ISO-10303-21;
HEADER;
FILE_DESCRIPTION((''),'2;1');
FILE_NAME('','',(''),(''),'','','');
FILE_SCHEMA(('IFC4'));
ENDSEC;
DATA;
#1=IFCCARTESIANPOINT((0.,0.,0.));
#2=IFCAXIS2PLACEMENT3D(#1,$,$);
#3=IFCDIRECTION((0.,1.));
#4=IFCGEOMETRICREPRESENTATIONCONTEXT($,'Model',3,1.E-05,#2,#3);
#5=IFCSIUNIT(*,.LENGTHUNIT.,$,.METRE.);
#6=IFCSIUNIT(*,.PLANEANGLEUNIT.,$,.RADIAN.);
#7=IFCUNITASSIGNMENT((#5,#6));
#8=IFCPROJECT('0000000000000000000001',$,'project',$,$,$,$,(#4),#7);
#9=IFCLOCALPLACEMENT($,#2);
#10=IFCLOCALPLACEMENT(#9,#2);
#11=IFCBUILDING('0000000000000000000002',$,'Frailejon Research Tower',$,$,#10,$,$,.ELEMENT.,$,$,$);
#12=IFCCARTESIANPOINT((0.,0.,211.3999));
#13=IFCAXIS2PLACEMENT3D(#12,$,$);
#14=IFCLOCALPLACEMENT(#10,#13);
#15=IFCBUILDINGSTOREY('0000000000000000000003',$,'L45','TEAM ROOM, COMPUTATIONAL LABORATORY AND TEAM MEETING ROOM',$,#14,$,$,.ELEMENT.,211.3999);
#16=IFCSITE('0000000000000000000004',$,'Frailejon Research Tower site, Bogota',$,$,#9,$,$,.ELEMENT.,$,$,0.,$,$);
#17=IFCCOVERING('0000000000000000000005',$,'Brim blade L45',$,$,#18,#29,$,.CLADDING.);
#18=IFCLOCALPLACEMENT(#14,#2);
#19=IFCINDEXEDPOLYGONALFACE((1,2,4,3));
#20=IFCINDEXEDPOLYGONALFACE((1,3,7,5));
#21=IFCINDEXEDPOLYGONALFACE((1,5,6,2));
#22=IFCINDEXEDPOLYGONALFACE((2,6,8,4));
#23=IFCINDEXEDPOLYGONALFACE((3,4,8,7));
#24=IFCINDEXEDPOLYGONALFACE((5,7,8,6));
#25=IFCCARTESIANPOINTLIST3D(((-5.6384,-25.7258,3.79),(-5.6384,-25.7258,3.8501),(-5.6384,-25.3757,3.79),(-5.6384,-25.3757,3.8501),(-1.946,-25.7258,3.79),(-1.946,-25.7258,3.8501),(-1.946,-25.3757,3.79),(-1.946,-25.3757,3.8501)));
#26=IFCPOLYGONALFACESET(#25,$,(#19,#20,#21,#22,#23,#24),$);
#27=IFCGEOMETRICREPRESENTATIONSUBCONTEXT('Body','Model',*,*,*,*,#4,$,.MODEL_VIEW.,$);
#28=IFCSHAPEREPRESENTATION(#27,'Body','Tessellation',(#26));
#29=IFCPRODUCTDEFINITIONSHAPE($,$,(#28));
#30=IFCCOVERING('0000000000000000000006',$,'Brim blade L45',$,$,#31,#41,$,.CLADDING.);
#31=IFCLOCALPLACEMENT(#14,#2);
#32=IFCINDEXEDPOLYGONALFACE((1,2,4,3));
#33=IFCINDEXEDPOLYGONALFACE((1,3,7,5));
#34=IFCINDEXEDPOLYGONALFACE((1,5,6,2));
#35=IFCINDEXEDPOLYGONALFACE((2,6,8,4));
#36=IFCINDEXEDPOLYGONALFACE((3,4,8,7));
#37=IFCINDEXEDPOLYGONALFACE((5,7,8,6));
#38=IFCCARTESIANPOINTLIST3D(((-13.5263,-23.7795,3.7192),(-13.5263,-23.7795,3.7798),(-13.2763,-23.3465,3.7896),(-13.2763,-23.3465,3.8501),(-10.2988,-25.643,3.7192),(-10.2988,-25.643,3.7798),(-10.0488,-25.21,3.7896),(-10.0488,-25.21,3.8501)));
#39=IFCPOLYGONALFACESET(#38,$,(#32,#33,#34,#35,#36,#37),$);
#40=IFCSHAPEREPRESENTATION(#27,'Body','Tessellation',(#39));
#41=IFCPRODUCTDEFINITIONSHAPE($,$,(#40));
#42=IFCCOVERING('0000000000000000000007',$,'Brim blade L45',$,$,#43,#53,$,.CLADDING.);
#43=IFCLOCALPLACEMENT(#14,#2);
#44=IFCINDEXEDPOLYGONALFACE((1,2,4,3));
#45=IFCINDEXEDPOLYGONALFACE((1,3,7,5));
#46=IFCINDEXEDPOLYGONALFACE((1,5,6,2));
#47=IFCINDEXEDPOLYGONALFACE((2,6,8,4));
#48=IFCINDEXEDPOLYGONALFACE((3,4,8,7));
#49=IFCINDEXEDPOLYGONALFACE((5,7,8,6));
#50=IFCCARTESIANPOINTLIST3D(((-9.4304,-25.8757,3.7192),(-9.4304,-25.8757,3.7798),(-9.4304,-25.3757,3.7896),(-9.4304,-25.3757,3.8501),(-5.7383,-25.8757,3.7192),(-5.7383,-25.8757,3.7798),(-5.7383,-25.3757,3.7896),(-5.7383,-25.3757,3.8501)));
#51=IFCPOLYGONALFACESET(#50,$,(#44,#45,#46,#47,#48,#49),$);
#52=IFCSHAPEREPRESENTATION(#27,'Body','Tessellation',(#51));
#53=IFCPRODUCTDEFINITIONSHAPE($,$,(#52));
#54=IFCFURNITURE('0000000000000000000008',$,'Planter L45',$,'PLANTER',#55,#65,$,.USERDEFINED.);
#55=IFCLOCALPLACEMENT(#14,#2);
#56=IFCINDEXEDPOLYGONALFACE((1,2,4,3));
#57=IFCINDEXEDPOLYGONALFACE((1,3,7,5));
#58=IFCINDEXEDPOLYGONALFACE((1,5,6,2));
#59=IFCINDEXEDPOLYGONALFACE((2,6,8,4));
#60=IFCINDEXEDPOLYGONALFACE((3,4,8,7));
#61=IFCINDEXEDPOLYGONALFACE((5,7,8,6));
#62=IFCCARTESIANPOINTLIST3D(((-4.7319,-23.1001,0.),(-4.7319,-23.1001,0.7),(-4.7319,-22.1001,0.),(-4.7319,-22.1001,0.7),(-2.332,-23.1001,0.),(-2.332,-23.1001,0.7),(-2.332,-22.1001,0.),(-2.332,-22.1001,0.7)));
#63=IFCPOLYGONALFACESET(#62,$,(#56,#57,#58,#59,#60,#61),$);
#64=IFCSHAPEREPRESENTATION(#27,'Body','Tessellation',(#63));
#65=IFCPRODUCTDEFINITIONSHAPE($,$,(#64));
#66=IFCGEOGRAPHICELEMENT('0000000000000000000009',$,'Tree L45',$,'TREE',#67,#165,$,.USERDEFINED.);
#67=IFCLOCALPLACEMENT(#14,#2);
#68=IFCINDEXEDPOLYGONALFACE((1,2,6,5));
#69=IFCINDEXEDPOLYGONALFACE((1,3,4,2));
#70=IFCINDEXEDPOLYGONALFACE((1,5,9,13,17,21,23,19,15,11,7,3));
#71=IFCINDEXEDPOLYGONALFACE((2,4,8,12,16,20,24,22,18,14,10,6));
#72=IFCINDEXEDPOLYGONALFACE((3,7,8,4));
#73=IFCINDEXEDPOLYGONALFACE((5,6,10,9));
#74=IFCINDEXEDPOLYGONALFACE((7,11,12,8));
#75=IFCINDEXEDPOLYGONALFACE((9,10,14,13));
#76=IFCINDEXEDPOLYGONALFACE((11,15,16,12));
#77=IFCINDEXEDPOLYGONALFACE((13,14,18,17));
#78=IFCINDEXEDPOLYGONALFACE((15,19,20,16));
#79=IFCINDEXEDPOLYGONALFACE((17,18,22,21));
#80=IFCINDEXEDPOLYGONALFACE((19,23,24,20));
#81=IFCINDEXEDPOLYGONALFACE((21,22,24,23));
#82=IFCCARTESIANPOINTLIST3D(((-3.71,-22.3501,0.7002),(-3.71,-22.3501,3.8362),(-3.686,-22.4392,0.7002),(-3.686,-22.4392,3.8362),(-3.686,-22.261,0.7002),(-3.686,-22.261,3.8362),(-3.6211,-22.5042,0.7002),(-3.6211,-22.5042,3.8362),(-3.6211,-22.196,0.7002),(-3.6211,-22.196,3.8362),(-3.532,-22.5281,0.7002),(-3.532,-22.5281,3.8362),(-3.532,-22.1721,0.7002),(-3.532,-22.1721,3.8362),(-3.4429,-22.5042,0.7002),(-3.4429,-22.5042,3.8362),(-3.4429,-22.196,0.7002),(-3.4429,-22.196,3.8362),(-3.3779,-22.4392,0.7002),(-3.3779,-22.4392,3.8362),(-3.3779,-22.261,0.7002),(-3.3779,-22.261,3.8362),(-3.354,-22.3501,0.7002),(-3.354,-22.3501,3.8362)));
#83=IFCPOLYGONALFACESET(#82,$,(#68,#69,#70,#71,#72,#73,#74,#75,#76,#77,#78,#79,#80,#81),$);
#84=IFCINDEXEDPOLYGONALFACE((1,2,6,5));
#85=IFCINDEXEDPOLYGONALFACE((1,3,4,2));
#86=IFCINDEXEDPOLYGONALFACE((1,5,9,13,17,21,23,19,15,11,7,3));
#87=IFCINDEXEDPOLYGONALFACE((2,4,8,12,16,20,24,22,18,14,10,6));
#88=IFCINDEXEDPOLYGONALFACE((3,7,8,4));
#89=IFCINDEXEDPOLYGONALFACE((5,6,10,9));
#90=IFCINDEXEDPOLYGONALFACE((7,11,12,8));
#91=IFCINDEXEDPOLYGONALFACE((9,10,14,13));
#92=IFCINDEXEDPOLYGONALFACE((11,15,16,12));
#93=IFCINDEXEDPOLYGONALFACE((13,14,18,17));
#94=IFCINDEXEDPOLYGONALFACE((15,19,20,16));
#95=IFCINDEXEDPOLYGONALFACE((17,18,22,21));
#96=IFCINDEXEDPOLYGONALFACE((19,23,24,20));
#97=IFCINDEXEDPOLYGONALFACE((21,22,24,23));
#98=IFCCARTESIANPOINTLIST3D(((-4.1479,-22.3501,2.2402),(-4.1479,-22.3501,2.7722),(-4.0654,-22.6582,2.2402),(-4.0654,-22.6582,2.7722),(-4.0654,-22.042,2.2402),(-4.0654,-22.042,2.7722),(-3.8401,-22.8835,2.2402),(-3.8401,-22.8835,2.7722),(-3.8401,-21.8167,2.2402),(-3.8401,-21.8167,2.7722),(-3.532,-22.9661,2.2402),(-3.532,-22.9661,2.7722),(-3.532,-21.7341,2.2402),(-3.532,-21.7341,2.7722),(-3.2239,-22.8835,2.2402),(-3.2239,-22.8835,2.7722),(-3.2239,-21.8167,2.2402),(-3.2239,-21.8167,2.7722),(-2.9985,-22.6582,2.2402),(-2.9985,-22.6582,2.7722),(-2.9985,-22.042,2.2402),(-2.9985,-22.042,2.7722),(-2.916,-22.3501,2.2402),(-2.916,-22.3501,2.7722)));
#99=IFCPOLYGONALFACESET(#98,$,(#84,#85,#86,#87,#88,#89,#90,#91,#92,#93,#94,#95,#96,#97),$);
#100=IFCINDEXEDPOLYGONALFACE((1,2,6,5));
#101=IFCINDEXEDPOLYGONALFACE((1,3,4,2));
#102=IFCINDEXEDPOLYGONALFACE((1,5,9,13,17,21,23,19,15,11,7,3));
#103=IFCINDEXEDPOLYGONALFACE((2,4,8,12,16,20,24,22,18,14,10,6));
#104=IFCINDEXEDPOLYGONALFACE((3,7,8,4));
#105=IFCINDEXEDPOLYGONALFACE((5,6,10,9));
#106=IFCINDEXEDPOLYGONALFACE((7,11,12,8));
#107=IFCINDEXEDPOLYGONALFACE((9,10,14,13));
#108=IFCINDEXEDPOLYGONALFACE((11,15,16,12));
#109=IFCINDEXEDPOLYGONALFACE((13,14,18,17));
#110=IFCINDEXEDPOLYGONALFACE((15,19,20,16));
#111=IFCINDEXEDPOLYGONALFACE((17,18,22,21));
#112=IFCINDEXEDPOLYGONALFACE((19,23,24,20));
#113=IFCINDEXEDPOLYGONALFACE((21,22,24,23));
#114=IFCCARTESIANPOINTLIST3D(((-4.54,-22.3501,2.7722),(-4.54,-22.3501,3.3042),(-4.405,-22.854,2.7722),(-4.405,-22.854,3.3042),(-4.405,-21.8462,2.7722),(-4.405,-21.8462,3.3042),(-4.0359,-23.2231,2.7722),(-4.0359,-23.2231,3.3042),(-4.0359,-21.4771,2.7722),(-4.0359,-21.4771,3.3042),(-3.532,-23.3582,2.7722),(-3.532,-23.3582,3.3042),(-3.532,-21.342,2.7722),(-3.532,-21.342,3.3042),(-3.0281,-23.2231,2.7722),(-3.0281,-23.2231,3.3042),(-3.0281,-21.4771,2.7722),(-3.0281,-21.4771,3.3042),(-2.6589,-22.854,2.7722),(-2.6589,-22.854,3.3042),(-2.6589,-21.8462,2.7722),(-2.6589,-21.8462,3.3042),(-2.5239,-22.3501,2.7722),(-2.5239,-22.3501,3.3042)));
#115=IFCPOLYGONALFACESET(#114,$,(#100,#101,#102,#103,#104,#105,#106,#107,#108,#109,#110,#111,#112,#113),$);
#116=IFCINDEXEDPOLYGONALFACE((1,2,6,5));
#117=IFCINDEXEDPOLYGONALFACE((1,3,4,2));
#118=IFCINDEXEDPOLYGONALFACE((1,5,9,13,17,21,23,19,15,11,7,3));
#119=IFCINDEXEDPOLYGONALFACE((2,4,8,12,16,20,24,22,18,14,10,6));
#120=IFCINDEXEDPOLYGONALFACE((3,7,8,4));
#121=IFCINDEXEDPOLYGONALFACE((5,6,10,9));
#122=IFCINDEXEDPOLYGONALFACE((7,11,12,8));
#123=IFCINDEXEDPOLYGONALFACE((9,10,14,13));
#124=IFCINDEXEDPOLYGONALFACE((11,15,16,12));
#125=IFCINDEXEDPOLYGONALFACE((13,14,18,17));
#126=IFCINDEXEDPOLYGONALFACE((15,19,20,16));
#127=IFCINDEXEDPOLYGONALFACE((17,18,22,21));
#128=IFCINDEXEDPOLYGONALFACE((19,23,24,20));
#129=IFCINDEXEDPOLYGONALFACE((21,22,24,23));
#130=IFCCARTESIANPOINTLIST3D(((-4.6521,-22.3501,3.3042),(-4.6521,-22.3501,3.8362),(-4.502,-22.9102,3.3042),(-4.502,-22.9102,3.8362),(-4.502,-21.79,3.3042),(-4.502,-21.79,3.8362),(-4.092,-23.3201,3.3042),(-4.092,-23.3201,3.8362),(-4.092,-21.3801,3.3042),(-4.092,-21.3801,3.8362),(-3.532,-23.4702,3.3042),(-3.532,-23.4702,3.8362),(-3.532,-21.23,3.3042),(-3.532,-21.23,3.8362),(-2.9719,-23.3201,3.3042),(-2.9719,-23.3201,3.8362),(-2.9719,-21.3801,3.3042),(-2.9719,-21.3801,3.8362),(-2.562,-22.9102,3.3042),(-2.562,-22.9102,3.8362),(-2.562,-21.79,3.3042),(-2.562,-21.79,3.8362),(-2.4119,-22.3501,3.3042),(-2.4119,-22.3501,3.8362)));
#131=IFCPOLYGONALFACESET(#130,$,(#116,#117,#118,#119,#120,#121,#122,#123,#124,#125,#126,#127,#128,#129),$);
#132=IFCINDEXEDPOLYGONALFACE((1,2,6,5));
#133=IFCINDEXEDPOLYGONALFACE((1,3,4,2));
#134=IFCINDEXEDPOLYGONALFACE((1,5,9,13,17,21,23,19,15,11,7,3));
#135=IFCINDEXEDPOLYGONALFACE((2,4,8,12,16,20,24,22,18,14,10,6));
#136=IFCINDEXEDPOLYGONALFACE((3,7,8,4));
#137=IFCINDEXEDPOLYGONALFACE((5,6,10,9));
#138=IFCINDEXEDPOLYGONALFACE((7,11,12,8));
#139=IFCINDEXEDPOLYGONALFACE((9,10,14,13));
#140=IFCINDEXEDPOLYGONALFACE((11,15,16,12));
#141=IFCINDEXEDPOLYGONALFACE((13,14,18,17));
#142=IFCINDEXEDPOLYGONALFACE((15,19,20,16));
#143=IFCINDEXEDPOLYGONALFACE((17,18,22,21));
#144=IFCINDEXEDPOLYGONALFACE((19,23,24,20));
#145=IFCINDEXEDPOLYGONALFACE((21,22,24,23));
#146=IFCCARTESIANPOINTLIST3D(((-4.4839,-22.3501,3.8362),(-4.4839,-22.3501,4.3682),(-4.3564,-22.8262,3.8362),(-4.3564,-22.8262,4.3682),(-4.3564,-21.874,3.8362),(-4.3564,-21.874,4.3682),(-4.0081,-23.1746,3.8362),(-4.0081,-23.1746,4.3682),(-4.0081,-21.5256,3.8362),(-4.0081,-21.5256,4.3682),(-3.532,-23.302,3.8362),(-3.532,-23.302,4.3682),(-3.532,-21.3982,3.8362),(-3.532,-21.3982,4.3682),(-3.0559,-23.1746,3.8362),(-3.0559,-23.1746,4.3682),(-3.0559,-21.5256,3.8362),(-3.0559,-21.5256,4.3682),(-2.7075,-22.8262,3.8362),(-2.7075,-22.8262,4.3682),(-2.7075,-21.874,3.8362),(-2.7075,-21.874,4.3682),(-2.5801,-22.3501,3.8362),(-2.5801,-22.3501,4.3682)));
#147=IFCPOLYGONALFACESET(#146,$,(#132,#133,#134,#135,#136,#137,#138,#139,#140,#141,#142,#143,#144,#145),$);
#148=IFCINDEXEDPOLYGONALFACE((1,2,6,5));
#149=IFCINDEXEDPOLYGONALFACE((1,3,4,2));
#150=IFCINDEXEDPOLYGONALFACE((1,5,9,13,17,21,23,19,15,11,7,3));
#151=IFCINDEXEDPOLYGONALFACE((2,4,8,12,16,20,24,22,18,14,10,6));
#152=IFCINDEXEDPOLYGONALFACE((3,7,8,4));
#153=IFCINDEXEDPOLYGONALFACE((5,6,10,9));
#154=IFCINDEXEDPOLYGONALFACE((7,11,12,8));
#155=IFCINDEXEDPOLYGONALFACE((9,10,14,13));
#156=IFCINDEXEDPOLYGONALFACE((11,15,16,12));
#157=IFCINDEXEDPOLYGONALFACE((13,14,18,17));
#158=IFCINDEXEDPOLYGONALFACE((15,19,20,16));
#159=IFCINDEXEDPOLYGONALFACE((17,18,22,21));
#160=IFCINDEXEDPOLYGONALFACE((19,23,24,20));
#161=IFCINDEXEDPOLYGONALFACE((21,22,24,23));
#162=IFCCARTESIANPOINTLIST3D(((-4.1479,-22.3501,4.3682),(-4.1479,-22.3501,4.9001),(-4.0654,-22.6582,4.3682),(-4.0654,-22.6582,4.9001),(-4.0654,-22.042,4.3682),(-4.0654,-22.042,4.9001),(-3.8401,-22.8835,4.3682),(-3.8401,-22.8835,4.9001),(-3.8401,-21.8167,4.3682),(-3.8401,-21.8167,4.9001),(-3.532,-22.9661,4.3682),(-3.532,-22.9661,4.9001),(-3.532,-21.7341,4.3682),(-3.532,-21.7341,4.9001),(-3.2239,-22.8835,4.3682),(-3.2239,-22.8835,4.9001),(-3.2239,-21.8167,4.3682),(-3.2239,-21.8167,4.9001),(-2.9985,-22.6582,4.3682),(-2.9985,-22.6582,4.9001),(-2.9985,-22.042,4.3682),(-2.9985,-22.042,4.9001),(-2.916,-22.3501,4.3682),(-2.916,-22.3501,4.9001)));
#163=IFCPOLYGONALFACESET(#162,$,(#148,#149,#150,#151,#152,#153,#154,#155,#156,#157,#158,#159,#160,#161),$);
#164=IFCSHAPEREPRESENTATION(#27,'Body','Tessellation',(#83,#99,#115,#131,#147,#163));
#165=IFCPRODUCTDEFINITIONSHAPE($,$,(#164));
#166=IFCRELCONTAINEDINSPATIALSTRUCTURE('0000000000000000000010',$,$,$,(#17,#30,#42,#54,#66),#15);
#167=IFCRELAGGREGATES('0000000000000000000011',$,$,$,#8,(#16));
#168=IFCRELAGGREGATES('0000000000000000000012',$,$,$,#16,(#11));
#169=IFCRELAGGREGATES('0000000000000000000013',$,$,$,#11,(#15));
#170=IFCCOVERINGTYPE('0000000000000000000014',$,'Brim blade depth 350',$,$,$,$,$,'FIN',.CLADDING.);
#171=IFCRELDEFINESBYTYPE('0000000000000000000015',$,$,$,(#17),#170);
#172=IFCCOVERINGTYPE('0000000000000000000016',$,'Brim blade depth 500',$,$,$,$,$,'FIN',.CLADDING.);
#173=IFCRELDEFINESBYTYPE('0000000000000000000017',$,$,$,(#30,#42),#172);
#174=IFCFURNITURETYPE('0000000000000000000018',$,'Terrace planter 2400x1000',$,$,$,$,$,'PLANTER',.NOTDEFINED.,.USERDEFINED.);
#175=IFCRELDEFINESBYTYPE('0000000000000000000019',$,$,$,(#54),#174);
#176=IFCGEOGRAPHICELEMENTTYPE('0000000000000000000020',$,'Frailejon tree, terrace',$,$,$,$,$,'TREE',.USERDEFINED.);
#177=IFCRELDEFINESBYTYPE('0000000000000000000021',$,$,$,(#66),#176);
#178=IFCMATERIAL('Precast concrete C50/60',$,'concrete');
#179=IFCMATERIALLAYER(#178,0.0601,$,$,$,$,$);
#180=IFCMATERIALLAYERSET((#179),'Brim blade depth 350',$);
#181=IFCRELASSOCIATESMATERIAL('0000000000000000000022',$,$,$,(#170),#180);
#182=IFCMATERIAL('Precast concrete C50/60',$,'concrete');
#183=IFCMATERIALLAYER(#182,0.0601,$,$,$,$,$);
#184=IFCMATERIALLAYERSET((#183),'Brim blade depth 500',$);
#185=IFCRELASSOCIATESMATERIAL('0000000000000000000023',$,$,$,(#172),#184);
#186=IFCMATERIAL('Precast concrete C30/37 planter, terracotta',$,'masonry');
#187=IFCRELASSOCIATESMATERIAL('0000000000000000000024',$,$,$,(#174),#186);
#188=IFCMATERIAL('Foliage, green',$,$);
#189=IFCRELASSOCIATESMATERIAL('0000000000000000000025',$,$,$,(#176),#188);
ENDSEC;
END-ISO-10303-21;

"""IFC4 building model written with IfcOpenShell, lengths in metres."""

from ifc_helpers import new_model, si_unit, direction, frame, origin, origin_2d, place, context, subcontext, project, spatial, polyline, rectangle, outline, extrude, material, layer, layer_set, type_object, element, save


model = new_model("IFC4")

# Units and contexts
model_context = context("Model", 3, precision=1e-05, world=origin(), true_north=direction((0.0, 1.0)))
body_context = subcontext(model_context, "Body", "Model", "MODEL_VIEW")
ifc_project = project(units=[si_unit("LENGTHUNIT", "METRE"), si_unit("PLANEANGLEUNIT", "RADIAN")], contexts=[model_context])

# Site, building, storey
site_placement = place(None, origin())
site = spatial("IfcSite", under=ifc_project, at=site_placement, Name="Frailejon Research Tower site, Bogota", CompositionType="ELEMENT", RefElevation=0.0)
building_placement = place(site_placement, origin())
building = spatial("IfcBuilding", under=site, at=building_placement, Name="Frailejon Research Tower", CompositionType="ELEMENT")
storey_placement = place(building_placement, frame((0.0, 0.0, 211.3999)))
storey = spatial("IfcBuildingStorey", under=building, at=storey_placement, Name="L45", Description="TEAM ROOM, COMPUTATIONAL LABORATORY AND TEAM MEETING ROOM", CompositionType="ELEMENT", Elevation=211.3999)

# Coverings
ifc_material_1 = material(Name="Precast concrete C50/60", Category="concrete")
ifc_layer_1 = layer(ifc_material_1, 0.0601)
ifc_layer_set_1 = layer_set([ifc_layer_1], Name="Brim blade depth 350")
covering_type_1 = type_object("IfcCoveringType", Name="Brim blade depth 350", ElementType="FIN", PredefinedType="CLADDING", material=ifc_layer_set_1)
covering_1_placement = place(storey_placement, frame((-1.946, -25.3757, 3.8501), z_axis=(-1.0, 0.0, 0.0), x_axis=(0.0, -1.0, 0.0)))
element("IfcCovering", 1, at=covering_1_placement, inside=storey, type_object=covering_type_1, Name="Brim blade L45", PredefinedType="CLADDING", context=body_context, shape_type="SweptSolid", body=[
    extrude(outline(polyline([(0.0, -0.0601), (0.3501, -0.0601), (0.3501, 0.0), (0.0, 0.0), (0.0, -0.0601)])), origin(), (0.0, 0.0, 1.0), 3.6924),
])
ifc_material_2 = material(Name="Precast concrete C50/60", Category="concrete")
ifc_layer_2 = layer(ifc_material_2, 0.0601)
ifc_layer_set_2 = layer_set([ifc_layer_2], Name="Brim blade depth 500")
covering_type_2 = type_object("IfcCoveringType", Name="Brim blade depth 500", ElementType="FIN", PredefinedType="CLADDING", material=ifc_layer_set_2)
covering_2_placement = place(storey_placement, frame((-10.0488, -25.21, 3.8501), z_axis=(-0.866018, 0.500012, 0.0), x_axis=(-0.500012, -0.866018, 0.0)))
element("IfcCovering", 2, at=covering_2_placement, inside=storey, type_object=covering_type_2, Name="Brim blade L45", PredefinedType="CLADDING", context=body_context, shape_type="SweptSolid", body=[
    extrude(outline(polyline([(0.0, -0.0605), (0.5, -0.1309), (0.5, -0.0703), (0.0, 0.0), (0.0, -0.0605)])), origin(), (0.0, 0.0, 1.0), 3.7268),
])
covering_3_placement = place(storey_placement, frame((-5.7383, -25.3757, 3.8501), z_axis=(-1.0, 0.0, 0.0), x_axis=(0.0, -1.0, 0.0)))
element("IfcCovering", 3, at=covering_3_placement, inside=storey, type_object=covering_type_2, Name="Brim blade L45", PredefinedType="CLADDING", context=body_context, shape_type="SweptSolid", body=[
    extrude(outline(polyline([(0.0, -0.0605), (0.5, -0.1309), (0.5, -0.0703), (0.0, 0.0), (0.0, -0.0605)])), origin(), (0.0, 0.0, 1.0), 3.6921),
])

# Furniture
ifc_material_3 = material(Name="Precast concrete C30/37 planter, terracotta", Category="masonry")
furniture_type = type_object("IfcFurnitureType", Name="Terrace planter 2400x1000", ElementType="PLANTER", AssemblyPlace="NOTDEFINED", PredefinedType="USERDEFINED", material=ifc_material_3)
furniture_placement = place(storey_placement, frame((-3.532, -22.6001, 0.0), z_axis=(0.0, 0.0, 1.0), x_axis=(1.0, 0.0, 0.0)))
element("IfcFurniture", 4, at=furniture_placement, inside=storey, type_object=furniture_type, Name="Planter L45", ObjectType="PLANTER", PredefinedType="USERDEFINED", context=body_context, shape_type="SweptSolid", body=[
    extrude(rectangle(XDim=2.3999, YDim=1.0, at=origin_2d()), origin(), (0.0, 0.0, 1.0), 0.7),
])

# Geographic element
ifc_material_4 = material(Name="Foliage, green")
geographic_element_type = type_object("IfcGeographicElementType", Name="Frailejon tree, terrace", ElementType="TREE", PredefinedType="USERDEFINED", material=ifc_material_4)
geographic_element_placement = place(storey_placement, frame((-3.532, -22.3501, 0.7002)))
element("IfcGeographicElement", 5, at=geographic_element_placement, inside=storey, type_object=geographic_element_type, Name="Tree L45", ObjectType="TREE", PredefinedType="USERDEFINED", context=body_context, shape_type="SweptSolid", body=[
    extrude(outline(polyline([(0.178, 0.0), (0.1541, 0.0891), (0.0891, 0.1541), (0.0, 0.178), (-0.0891, 0.1541), (-0.1541, 0.0891), (-0.178, 0.0), (-0.1541, -0.0891), (-0.0891, -0.1541), (0.0, -0.178), (0.0891, -0.1541), (0.1541, -0.0891), (0.178, 0.0)])), origin(), (0.0, 0.0, 1.0), 3.136),
    extrude(outline(polyline([(0.616, 0.0), (0.5334, 0.3081), (0.3081, 0.5334), (0.0, 0.616), (-0.3081, 0.5334), (-0.5334, 0.3081), (-0.616, 0.0), (-0.5334, -0.3081), (-0.3081, -0.5334), (0.0, -0.616), (0.3081, -0.5334), (0.5334, -0.3081), (0.616, 0.0)])), frame((0.0, 0.0, 1.54)), (0.0, 0.0, 1.0), 0.532),
    extrude(outline(polyline([(1.0081, 0.0), (0.873, 0.5039), (0.5039, 0.873), (0.0, 1.0081), (-0.5039, 0.873), (-0.873, 0.5039), (-1.0081, 0.0), (-0.873, -0.5039), (-0.5039, -0.873), (0.0, -1.0081), (0.5039, -0.873), (0.873, -0.5039), (1.0081, 0.0)])), frame((0.0, 0.0, 2.072)), (0.0, 0.0, 1.0), 0.532),
    extrude(outline(polyline([(1.1201, 0.0), (0.97, 0.5601), (0.5601, 0.97), (0.0, 1.1201), (-0.5601, 0.97), (-0.97, 0.5601), (-1.1201, 0.0), (-0.97, -0.5601), (-0.5601, -0.97), (0.0, -1.1201), (0.5601, -0.97), (0.97, -0.5601), (1.1201, 0.0)])), frame((0.0, 0.0, 2.604)), (0.0, 0.0, 1.0), 0.532),
    extrude(outline(polyline([(0.9519, 0.0), (0.8245, 0.4761), (0.4761, 0.8245), (0.0, 0.9519), (-0.4761, 0.8245), (-0.8245, 0.4761), (-0.9519, 0.0), (-0.8245, -0.4761), (-0.4761, -0.8245), (0.0, -0.9519), (0.4761, -0.8245), (0.8245, -0.4761), (0.9519, 0.0)])), frame((0.0, 0.0, 3.136)), (0.0, 0.0, 1.0), 0.532),
    extrude(outline(polyline([(0.616, 0.0), (0.5334, 0.3081), (0.3081, 0.5334), (0.0, 0.616), (-0.3081, 0.5334), (-0.5334, 0.3081), (-0.616, 0.0), (-0.5334, -0.3081), (-0.3081, -0.5334), (0.0, -0.616), (0.3081, -0.5334), (0.5334, -0.3081), (0.616, 0.0)])), frame((0.0, 0.0, 3.668)), (0.0, 0.0, 1.0), 0.532),
])

save(model, "model.ifc")
